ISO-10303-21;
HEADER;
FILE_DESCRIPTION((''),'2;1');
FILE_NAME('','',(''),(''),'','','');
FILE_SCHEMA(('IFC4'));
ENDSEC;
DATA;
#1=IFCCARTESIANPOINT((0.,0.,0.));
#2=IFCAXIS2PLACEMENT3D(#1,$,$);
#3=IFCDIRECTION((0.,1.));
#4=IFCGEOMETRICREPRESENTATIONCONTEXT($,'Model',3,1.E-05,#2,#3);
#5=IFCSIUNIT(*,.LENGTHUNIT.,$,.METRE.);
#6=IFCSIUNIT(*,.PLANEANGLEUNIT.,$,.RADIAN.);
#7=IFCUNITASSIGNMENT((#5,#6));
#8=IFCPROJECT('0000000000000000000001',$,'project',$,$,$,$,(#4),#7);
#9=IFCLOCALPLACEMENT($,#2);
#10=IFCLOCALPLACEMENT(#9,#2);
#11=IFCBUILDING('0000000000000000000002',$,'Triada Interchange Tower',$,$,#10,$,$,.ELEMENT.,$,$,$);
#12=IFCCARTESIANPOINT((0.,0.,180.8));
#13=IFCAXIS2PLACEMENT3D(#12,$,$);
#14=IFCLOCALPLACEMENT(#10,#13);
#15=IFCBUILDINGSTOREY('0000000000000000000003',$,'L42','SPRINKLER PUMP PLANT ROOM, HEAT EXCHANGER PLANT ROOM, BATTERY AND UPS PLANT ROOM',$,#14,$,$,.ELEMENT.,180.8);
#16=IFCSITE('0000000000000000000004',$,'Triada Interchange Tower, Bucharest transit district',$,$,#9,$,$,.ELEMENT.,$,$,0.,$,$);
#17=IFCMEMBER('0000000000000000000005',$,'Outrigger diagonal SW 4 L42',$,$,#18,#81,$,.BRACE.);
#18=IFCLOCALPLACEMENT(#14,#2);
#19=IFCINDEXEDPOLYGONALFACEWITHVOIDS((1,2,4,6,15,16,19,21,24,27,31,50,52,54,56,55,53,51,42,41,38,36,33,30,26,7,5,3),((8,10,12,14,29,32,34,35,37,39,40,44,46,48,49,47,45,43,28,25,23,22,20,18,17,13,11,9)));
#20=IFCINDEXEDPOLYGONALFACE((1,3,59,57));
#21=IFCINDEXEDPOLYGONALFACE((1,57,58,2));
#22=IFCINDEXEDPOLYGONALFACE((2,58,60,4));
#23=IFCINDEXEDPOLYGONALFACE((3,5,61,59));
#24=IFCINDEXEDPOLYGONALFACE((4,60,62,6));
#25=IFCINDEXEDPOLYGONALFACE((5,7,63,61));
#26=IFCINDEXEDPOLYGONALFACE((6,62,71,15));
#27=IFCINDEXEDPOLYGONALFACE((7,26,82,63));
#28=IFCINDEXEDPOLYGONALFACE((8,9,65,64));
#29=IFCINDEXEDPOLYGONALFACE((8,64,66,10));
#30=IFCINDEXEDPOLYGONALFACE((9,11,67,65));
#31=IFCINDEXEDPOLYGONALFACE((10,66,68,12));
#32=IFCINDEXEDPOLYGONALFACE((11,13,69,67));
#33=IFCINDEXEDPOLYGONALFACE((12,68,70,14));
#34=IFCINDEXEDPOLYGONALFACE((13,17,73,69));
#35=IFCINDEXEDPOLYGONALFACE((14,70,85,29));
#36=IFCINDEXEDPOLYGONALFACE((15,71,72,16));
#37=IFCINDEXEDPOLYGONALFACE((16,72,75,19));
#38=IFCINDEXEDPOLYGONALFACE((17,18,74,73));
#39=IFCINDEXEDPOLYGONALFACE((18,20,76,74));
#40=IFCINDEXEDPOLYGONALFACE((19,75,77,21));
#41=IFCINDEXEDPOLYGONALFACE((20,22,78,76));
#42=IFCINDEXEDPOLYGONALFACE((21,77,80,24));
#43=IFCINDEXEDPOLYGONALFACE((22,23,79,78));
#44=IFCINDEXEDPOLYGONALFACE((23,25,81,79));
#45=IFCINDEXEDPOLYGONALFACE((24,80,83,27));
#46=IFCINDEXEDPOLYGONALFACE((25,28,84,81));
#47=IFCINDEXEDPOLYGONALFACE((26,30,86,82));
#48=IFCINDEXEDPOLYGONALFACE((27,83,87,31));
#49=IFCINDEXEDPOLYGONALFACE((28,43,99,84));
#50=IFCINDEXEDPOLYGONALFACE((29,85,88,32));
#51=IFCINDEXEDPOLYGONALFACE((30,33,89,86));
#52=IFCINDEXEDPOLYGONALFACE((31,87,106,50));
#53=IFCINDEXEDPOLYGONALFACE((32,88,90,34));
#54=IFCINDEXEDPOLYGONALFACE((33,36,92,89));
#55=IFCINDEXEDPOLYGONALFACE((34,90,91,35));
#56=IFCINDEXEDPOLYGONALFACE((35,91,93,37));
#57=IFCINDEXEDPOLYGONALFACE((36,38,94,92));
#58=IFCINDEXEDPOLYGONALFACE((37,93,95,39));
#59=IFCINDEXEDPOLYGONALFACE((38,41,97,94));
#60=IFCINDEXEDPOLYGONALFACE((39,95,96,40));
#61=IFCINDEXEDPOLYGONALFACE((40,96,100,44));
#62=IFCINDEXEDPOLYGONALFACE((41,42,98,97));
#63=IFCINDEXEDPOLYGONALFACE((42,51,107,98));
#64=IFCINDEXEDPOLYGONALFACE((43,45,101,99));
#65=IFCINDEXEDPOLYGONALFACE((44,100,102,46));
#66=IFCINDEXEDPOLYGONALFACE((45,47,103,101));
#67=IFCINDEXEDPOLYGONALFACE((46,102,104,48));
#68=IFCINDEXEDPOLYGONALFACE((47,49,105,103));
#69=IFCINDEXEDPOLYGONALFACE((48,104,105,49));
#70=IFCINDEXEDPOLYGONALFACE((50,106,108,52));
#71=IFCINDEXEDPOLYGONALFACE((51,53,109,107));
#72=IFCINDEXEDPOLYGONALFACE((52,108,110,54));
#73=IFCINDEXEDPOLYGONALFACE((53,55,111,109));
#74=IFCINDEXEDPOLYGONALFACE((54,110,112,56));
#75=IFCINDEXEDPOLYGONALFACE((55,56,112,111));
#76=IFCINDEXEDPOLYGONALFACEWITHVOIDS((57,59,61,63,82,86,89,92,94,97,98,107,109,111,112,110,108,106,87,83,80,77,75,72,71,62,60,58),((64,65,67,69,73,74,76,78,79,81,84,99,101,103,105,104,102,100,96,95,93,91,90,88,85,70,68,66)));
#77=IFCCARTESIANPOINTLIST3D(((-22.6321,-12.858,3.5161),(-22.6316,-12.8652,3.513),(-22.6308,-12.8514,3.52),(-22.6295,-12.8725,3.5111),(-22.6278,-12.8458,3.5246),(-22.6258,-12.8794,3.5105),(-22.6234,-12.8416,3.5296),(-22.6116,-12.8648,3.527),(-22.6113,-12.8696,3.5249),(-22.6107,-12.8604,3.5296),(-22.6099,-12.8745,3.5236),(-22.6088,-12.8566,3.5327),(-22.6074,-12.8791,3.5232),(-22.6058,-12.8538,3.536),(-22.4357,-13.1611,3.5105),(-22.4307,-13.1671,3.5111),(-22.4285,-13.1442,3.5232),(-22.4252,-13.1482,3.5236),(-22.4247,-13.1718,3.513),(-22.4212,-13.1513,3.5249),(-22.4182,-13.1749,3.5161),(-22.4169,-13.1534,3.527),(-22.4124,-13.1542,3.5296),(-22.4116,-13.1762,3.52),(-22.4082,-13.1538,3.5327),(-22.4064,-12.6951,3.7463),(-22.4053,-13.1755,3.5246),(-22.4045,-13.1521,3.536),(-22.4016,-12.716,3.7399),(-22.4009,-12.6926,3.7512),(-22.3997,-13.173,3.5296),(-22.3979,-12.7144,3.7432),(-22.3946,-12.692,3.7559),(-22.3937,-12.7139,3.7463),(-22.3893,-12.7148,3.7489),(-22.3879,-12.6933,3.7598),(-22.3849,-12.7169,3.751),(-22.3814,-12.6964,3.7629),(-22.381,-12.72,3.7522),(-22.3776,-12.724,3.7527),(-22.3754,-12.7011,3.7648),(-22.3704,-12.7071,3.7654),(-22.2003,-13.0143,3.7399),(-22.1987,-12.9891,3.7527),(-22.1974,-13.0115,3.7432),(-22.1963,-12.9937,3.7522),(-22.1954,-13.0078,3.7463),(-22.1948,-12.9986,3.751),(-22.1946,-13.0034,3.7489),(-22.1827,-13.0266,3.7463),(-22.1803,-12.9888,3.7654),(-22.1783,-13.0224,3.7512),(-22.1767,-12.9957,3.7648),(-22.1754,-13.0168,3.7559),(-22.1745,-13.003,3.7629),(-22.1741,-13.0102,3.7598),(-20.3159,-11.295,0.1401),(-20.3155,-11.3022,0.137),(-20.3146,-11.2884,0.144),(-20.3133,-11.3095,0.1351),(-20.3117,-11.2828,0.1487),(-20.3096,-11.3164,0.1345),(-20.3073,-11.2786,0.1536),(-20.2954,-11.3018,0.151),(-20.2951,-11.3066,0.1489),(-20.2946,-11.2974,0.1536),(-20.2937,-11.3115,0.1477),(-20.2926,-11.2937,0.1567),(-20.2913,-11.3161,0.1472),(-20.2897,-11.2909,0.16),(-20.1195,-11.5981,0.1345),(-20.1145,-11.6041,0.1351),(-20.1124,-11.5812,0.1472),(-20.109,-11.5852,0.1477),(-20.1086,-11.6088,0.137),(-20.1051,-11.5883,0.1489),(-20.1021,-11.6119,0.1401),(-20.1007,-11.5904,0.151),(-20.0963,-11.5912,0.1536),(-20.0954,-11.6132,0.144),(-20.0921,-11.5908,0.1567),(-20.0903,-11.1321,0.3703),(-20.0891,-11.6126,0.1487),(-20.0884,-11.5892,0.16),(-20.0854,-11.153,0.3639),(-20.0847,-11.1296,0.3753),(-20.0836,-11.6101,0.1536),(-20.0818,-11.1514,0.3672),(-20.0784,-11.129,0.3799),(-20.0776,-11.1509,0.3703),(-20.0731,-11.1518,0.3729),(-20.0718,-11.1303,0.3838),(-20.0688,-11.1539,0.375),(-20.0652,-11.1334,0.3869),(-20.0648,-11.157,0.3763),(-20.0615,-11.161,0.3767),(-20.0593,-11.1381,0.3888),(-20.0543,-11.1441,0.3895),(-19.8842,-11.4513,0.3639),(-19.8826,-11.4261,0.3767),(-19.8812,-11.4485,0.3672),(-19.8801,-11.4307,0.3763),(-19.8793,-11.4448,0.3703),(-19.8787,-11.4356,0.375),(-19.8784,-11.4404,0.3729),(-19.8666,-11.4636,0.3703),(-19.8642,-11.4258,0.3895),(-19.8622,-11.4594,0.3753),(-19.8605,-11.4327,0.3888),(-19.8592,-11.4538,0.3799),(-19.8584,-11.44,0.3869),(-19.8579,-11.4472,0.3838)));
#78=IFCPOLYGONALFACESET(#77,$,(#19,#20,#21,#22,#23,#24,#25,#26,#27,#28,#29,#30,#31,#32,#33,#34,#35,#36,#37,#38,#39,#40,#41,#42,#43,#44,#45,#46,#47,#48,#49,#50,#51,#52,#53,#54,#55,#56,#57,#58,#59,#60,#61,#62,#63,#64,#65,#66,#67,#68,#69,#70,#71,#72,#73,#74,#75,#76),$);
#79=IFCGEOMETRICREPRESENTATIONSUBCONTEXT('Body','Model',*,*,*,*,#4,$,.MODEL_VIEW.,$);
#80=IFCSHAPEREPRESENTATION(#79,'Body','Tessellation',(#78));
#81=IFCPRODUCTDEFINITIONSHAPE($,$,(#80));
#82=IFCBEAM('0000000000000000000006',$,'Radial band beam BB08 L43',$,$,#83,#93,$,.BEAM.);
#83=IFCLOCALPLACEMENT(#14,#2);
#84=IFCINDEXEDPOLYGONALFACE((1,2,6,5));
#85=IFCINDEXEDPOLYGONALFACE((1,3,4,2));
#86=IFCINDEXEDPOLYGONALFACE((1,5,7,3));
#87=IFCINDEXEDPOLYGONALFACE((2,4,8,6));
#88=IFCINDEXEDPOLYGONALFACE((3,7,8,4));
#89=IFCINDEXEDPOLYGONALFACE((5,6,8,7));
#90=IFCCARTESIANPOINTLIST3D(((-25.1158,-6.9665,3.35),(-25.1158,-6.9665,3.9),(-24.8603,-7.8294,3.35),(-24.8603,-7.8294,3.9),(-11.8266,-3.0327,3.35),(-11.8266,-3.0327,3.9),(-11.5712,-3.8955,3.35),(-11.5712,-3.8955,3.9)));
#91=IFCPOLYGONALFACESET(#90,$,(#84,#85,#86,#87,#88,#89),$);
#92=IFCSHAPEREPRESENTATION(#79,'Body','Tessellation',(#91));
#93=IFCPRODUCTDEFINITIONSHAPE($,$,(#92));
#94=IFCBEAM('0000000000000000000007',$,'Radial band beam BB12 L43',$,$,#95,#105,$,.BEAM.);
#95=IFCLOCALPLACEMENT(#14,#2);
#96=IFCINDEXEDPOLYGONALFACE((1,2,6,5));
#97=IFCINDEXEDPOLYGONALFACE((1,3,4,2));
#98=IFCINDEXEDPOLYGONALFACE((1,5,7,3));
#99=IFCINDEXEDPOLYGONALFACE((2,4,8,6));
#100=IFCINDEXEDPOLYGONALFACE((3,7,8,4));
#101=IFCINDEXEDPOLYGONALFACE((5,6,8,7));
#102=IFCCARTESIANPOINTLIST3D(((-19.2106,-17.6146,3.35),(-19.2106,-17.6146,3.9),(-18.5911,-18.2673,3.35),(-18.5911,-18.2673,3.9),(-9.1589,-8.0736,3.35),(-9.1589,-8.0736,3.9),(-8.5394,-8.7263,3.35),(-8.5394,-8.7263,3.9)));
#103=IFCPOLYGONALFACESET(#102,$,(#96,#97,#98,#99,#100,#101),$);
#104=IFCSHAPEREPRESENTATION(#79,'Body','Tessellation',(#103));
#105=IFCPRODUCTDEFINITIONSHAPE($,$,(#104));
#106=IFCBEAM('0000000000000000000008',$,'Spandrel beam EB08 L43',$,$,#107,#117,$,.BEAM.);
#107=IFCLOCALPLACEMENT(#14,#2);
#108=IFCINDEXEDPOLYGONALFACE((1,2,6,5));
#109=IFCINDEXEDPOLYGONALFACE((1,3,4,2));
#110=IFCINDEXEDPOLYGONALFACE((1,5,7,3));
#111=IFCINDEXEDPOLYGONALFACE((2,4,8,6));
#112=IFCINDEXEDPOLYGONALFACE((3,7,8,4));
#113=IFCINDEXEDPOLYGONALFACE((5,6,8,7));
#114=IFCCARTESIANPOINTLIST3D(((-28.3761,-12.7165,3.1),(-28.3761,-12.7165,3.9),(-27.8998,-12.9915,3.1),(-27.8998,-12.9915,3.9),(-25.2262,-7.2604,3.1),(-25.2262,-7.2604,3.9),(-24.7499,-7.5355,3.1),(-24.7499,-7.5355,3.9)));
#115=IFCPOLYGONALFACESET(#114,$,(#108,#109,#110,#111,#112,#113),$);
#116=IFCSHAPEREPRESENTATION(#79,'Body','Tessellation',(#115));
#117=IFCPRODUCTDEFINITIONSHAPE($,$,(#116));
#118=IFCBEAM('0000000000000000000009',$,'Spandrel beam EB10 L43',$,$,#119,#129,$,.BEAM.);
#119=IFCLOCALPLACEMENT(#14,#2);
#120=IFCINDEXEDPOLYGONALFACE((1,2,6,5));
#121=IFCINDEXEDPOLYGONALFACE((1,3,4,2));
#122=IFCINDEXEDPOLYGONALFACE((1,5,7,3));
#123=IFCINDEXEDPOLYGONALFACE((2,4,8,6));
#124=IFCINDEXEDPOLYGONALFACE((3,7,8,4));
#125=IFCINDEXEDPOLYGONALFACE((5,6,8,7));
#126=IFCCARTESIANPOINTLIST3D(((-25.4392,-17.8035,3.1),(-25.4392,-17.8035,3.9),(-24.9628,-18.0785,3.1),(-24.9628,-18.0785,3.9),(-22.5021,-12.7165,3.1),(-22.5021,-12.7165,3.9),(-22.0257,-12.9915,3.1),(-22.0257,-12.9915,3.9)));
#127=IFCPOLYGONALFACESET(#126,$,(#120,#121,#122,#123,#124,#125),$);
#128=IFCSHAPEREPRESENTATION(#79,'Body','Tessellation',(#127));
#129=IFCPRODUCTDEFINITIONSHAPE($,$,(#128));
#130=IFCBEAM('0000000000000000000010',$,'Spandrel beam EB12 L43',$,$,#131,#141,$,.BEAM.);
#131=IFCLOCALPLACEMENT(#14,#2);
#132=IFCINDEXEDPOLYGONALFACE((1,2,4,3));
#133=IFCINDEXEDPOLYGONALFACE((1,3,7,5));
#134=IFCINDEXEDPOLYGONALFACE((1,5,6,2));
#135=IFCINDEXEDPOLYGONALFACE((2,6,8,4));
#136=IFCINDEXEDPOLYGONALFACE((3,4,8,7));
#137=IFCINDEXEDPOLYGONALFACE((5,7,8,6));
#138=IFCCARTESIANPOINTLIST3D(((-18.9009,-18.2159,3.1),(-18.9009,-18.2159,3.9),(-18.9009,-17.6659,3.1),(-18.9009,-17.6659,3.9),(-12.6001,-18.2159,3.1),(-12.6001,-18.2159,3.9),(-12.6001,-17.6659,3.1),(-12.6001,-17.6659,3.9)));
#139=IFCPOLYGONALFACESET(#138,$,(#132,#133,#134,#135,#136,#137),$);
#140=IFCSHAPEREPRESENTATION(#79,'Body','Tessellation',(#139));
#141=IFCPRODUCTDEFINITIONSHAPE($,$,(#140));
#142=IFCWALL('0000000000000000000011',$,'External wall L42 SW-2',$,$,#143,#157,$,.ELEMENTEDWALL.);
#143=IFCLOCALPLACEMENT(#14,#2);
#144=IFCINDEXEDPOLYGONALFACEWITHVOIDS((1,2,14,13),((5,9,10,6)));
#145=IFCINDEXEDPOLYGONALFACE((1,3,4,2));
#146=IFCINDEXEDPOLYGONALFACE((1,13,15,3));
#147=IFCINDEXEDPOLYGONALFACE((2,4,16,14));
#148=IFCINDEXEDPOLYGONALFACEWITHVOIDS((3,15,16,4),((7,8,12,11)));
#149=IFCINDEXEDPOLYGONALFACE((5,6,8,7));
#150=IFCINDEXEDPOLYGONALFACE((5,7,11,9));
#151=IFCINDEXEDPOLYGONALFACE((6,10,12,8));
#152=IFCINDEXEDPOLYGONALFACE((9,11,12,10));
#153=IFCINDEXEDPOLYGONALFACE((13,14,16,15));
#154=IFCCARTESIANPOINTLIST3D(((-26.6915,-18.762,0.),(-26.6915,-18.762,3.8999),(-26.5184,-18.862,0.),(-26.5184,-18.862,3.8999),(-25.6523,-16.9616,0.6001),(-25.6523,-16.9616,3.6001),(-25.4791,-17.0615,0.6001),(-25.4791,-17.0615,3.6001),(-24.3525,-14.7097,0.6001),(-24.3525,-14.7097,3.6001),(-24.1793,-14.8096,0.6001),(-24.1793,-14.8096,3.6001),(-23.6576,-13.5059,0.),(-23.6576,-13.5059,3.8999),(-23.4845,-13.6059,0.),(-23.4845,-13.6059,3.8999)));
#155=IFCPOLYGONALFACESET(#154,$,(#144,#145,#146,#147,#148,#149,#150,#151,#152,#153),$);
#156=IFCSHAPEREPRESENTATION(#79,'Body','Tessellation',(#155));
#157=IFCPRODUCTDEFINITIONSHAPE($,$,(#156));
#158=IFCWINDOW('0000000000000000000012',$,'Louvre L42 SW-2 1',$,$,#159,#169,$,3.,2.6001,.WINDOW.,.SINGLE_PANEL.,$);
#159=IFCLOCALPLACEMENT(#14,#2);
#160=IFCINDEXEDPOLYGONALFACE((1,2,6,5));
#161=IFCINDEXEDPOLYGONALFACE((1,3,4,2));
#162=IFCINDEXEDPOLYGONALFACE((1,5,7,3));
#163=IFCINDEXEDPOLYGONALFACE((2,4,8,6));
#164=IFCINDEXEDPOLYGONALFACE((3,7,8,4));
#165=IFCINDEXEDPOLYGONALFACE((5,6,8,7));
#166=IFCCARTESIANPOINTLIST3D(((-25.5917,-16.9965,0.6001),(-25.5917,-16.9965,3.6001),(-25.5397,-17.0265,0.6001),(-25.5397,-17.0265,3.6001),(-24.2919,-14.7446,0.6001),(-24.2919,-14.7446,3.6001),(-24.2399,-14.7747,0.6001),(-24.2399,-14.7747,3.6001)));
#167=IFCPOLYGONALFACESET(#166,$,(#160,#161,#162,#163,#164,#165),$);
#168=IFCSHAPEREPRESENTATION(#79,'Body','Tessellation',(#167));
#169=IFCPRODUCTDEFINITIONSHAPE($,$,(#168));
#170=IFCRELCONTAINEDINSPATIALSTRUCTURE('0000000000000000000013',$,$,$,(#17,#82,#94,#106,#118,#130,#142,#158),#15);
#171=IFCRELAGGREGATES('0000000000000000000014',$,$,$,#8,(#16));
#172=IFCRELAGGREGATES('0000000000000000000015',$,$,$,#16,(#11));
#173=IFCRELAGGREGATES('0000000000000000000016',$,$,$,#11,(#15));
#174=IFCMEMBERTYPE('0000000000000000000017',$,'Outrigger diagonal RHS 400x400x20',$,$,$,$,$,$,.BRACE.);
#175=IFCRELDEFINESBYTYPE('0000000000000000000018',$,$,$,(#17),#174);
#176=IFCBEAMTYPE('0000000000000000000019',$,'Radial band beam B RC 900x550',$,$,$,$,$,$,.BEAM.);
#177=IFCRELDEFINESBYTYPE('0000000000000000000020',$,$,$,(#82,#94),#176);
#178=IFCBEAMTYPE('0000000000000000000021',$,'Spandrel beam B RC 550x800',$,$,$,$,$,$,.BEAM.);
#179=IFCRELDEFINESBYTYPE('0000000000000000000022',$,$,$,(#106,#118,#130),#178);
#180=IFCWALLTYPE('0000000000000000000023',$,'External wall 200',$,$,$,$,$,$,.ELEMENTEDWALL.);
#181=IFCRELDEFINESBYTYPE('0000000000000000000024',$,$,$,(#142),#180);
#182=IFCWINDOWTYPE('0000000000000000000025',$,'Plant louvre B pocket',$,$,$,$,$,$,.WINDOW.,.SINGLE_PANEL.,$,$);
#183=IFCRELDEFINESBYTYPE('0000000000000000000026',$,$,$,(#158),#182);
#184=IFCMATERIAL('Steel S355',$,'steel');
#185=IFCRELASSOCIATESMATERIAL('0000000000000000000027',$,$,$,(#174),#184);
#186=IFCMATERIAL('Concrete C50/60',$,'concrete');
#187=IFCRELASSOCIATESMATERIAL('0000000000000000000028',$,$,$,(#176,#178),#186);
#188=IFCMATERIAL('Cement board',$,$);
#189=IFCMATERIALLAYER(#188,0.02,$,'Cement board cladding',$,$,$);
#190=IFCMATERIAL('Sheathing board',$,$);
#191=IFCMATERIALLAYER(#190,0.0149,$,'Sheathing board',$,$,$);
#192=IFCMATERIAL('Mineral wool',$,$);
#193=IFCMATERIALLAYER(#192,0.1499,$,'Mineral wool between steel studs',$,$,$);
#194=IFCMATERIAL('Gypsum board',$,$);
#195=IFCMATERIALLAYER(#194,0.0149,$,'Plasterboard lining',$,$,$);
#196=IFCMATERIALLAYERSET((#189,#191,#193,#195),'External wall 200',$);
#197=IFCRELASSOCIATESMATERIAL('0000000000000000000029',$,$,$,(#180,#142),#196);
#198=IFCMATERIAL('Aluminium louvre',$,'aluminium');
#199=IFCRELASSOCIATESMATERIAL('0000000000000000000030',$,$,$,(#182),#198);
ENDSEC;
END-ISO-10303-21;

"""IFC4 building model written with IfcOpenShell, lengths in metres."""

from ifc_helpers import new_model, si_unit, direction, frame, frame_2d, origin, origin_2d, place, context, subcontext, project, spatial, rectangle, hollow_rectangle, extrude, material, layer, layer_set, layer_usage, material_profile, profile_set, type_object, element, fill, save


model = new_model("IFC4")

# Units and contexts
model_context = context("Model", 3, precision=1e-05, world=origin(), true_north=direction((0.0, 1.0)))
body_context = subcontext(model_context, "Body", "Model", "MODEL_VIEW")
ifc_project = project(units=[si_unit("LENGTHUNIT", "METRE"), si_unit("PLANEANGLEUNIT", "RADIAN")], contexts=[model_context])

# Site, building, storey
site_placement = place(None, origin())
site = spatial("IfcSite", under=ifc_project, at=site_placement, Name="Triada Interchange Tower, Bucharest transit district", CompositionType="ELEMENT", RefElevation=0.0)
building_placement = place(site_placement, origin())
building = spatial("IfcBuilding", under=site, at=building_placement, Name="Triada Interchange Tower", CompositionType="ELEMENT")
storey_placement = place(building_placement, frame((0.0, 0.0, 180.8)))
storey = spatial("IfcBuildingStorey", under=building, at=storey_placement, Name="L42", Description="SPRINKLER PUMP PLANT ROOM, HEAT EXCHANGER PLANT ROOM, BATTERY AND UPS PLANT ROOM", CompositionType="ELEMENT", Elevation=180.8)

# Member
ifc_material_1 = material(Name="Steel S355", Category="steel")
ifc_material_profile_1 = material_profile(ifc_material_1, hollow_rectangle(XDim=0.3999, YDim=0.3999, WallThickness=0.02, InnerFilletRadius=0.02, OuterFilletRadius=0.03, at=origin_2d()), Name="RHS 400x400x20")
ifc_profile_set_1 = profile_set([ifc_material_profile_1], Name="Steel S355")
member_type_1 = type_object("IfcMemberType", Name="Outrigger diagonal RHS 400x400x20", PredefinedType="BRACE", material=ifc_profile_set_1)
member_1_placement = place(storey_placement, frame((-20.0869, -11.3711, 0.262), z_axis=(-0.528524, -0.356657, 0.770362), x_axis=(0.559369, -0.828919, 0.0)))
element("IfcMember", 1, at=member_1_placement, inside=storey, type_object=member_type_1, Name="Outrigger diagonal SW 4 L42", PredefinedType="BRACE", context=body_context, shape_type="SweptSolid", body=[
    extrude(hollow_rectangle(XDim=0.3999, YDim=0.3999, WallThickness=0.02, InnerFilletRadius=0.02, OuterFilletRadius=0.03, at=origin_2d()), origin(), (0.0, 0.0, 1.0), 4.3823),
])

# Beams
ifc_material_2 = material(Name="Concrete C50/60", Category="concrete")
ifc_material_profile_2 = material_profile(ifc_material_2, rectangle(XDim=0.8999, YDim=0.55, at=origin_2d()), Name="RC 900x550")
ifc_profile_set_2 = profile_set([ifc_material_profile_2], Name="Concrete C50/60")
beam_type_1 = type_object("IfcBeamType", Name="Radial band beam B RC 900x550", PredefinedType="BEAM", material=ifc_profile_set_2)
beam_1_placement = place(storey_placement, frame((-24.988, -7.3979, 3.625), z_axis=(0.95887, 0.283845, 0.0), x_axis=(-0.283845, 0.95887, 0.0)))
element("IfcBeam", 2, at=beam_1_placement, inside=storey, type_object=beam_type_1, Name="Radial band beam BB08 L43", PredefinedType="BEAM", context=body_context, shape_type="SweptSolid", body=[
    extrude(rectangle(XDim=0.8999, YDim=0.55, at=origin_2d()), origin(), (0.0, 0.0, 1.0), 13.8591),
])
beam_2_placement = place(storey_placement, frame((-18.9009, -17.9409, 3.625), z_axis=(0.725293, 0.68844, 0.0), x_axis=(-0.68844, 0.725293, 0.0)))
element("IfcBeam", 3, at=beam_2_placement, inside=storey, type_object=beam_type_1, Name="Radial band beam BB12 L43", PredefinedType="BEAM", context=body_context, shape_type="SweptSolid", body=[
    extrude(rectangle(XDim=0.8999, YDim=0.55, at=origin_2d()), origin(), (0.0, 0.0, 1.0), 13.8589),
])
ifc_material_profile_3 = material_profile(ifc_material_2, rectangle(XDim=0.55, YDim=0.8, at=origin_2d()), Name="RC 550x800")
ifc_profile_set_3 = profile_set([ifc_material_profile_3], Name="Concrete C50/60")
beam_type_2 = type_object("IfcBeamType", Name="Spandrel beam B RC 550x800", PredefinedType="BEAM", material=ifc_profile_set_3)
beam_3_placement = place(storey_placement, frame((-24.988, -7.3979, 3.5), z_axis=(-0.499982, -0.866036, 0.0), x_axis=(0.866036, -0.499982, 0.0)))
element("IfcBeam", 4, at=beam_3_placement, inside=storey, type_object=beam_type_2, Name="Spandrel beam EB08 L43", PredefinedType="BEAM", context=body_context, shape_type="SweptSolid", body=[
    extrude(rectangle(XDim=0.55, YDim=0.8, at=origin_2d()), origin(), (0.0, 0.0, 1.0), 6.3),
])
beam_4_placement = place(storey_placement, frame((-22.2639, -12.854, 3.5), z_axis=(-0.50001, -0.866019, 0.0), x_axis=(0.866019, -0.50001, 0.0)))
element("IfcBeam", 5, at=beam_4_placement, inside=storey, type_object=beam_type_2, Name="Spandrel beam EB10 L43", PredefinedType="BEAM", context=body_context, shape_type="SweptSolid", body=[
    extrude(rectangle(XDim=0.55, YDim=0.8, at=origin_2d()), origin(), (0.0, 0.0, 1.0), 5.874),
])
beam_5_placement = place(storey_placement, frame((-18.9009, -17.9409, 3.5), z_axis=(1.0, 0.0, 0.0), x_axis=(0.0, 1.0, 0.0)))
element("IfcBeam", 6, at=beam_5_placement, inside=storey, type_object=beam_type_2, Name="Spandrel beam EB12 L43", PredefinedType="BEAM", context=body_context, shape_type="SweptSolid", body=[
    extrude(rectangle(XDim=0.55, YDim=0.8, at=origin_2d()), origin(), (0.0, 0.0, 1.0), 6.3008),
])

# Wall, opening, window
ifc_material_3 = material(Name="Cement board")
ifc_layer_1 = layer(ifc_material_3, 0.02, Name="Cement board cladding")
ifc_material_4 = material(Name="Sheathing board")
ifc_layer_2 = layer(ifc_material_4, 0.0149, Name="Sheathing board")
ifc_material_5 = material(Name="Mineral wool")
ifc_layer_3 = layer(ifc_material_5, 0.1499, Name="Mineral wool between steel studs")
ifc_material_6 = material(Name="Gypsum board")
ifc_layer_4 = layer(ifc_material_6, 0.0149, Name="Plasterboard lining")
ifc_layer_set_1 = layer_set([ifc_layer_1, ifc_layer_2, ifc_layer_3, ifc_layer_4], Name="External wall 200")
ifc_layer_usage = layer_usage(ifc_layer_set_1, "AXIS2", "POSITIVE", -0.1001)
wall_type_1 = type_object("IfcWallType", Name="External wall 200", PredefinedType="ELEMENTEDWALL", material=ifc_layer_set_1)
wall_1_placement = place(storey_placement, frame((-23.571, -13.5559, 0.0), z_axis=(0.0, 0.0, 1.0), x_axis=(-0.499916, -0.866074, 0.0)))
wall_1 = element("IfcWall", 7, at=wall_1_placement, inside=storey, type_object=wall_type_1, material=ifc_layer_usage, Name="External wall L42 SW-2", PredefinedType="ELEMENTEDWALL", context=body_context, shape_type="SweptSolid", body=[
    extrude(rectangle(XDim=6.0688, YDim=0.2, at=frame_2d((3.0344, 0.0))), origin(), (0.0, 0.0, 1.0), 3.8999),
])
opening_1_placement = place(wall_1_placement, frame((1.3899, 0.0, 0.6001)))
opening_1 = element("IfcOpeningElement", 8, at=opening_1_placement, cuts=wall_1, PredefinedType="OPENING", context=body_context, shape_type="SweptSolid", body=[
    extrude(rectangle(XDim=2.6001, YDim=3.0, at=frame_2d((1.3, 1.5))), frame((0.0, 0.1099, 0.0), z_axis=(0.0, -1.0, 0.0), x_axis=(1.0, 0.0, 0.0)), (0.0, 0.0, 1.0), 0.22),
])
ifc_material_7 = material(Name="Aluminium louvre", Category="aluminium")
window_type = type_object("IfcWindowType", Name="Plant louvre B pocket", PartitioningType="SINGLE_PANEL", PredefinedType="WINDOW", material=ifc_material_7)
window_placement = place(opening_1_placement, origin())
window = element("IfcWindow", 9, at=window_placement, inside=storey, type_object=window_type, Name="Louvre L42 SW-2 1", OverallHeight=3.0, OverallWidth=2.6001, PartitioningType="SINGLE_PANEL", PredefinedType="WINDOW", context=body_context, shape_type="SweptSolid", body=[
    extrude(rectangle(XDim=2.6001, YDim=3.0, at=frame_2d((1.3, 1.5))), frame((0.0, 0.03, 0.0), z_axis=(0.0, -1.0, 0.0), x_axis=(1.0, 0.0, 0.0)), (0.0, 0.0, 1.0), 0.0601),
])
fill(opening_1, window)

save(model, "model.ifc")
